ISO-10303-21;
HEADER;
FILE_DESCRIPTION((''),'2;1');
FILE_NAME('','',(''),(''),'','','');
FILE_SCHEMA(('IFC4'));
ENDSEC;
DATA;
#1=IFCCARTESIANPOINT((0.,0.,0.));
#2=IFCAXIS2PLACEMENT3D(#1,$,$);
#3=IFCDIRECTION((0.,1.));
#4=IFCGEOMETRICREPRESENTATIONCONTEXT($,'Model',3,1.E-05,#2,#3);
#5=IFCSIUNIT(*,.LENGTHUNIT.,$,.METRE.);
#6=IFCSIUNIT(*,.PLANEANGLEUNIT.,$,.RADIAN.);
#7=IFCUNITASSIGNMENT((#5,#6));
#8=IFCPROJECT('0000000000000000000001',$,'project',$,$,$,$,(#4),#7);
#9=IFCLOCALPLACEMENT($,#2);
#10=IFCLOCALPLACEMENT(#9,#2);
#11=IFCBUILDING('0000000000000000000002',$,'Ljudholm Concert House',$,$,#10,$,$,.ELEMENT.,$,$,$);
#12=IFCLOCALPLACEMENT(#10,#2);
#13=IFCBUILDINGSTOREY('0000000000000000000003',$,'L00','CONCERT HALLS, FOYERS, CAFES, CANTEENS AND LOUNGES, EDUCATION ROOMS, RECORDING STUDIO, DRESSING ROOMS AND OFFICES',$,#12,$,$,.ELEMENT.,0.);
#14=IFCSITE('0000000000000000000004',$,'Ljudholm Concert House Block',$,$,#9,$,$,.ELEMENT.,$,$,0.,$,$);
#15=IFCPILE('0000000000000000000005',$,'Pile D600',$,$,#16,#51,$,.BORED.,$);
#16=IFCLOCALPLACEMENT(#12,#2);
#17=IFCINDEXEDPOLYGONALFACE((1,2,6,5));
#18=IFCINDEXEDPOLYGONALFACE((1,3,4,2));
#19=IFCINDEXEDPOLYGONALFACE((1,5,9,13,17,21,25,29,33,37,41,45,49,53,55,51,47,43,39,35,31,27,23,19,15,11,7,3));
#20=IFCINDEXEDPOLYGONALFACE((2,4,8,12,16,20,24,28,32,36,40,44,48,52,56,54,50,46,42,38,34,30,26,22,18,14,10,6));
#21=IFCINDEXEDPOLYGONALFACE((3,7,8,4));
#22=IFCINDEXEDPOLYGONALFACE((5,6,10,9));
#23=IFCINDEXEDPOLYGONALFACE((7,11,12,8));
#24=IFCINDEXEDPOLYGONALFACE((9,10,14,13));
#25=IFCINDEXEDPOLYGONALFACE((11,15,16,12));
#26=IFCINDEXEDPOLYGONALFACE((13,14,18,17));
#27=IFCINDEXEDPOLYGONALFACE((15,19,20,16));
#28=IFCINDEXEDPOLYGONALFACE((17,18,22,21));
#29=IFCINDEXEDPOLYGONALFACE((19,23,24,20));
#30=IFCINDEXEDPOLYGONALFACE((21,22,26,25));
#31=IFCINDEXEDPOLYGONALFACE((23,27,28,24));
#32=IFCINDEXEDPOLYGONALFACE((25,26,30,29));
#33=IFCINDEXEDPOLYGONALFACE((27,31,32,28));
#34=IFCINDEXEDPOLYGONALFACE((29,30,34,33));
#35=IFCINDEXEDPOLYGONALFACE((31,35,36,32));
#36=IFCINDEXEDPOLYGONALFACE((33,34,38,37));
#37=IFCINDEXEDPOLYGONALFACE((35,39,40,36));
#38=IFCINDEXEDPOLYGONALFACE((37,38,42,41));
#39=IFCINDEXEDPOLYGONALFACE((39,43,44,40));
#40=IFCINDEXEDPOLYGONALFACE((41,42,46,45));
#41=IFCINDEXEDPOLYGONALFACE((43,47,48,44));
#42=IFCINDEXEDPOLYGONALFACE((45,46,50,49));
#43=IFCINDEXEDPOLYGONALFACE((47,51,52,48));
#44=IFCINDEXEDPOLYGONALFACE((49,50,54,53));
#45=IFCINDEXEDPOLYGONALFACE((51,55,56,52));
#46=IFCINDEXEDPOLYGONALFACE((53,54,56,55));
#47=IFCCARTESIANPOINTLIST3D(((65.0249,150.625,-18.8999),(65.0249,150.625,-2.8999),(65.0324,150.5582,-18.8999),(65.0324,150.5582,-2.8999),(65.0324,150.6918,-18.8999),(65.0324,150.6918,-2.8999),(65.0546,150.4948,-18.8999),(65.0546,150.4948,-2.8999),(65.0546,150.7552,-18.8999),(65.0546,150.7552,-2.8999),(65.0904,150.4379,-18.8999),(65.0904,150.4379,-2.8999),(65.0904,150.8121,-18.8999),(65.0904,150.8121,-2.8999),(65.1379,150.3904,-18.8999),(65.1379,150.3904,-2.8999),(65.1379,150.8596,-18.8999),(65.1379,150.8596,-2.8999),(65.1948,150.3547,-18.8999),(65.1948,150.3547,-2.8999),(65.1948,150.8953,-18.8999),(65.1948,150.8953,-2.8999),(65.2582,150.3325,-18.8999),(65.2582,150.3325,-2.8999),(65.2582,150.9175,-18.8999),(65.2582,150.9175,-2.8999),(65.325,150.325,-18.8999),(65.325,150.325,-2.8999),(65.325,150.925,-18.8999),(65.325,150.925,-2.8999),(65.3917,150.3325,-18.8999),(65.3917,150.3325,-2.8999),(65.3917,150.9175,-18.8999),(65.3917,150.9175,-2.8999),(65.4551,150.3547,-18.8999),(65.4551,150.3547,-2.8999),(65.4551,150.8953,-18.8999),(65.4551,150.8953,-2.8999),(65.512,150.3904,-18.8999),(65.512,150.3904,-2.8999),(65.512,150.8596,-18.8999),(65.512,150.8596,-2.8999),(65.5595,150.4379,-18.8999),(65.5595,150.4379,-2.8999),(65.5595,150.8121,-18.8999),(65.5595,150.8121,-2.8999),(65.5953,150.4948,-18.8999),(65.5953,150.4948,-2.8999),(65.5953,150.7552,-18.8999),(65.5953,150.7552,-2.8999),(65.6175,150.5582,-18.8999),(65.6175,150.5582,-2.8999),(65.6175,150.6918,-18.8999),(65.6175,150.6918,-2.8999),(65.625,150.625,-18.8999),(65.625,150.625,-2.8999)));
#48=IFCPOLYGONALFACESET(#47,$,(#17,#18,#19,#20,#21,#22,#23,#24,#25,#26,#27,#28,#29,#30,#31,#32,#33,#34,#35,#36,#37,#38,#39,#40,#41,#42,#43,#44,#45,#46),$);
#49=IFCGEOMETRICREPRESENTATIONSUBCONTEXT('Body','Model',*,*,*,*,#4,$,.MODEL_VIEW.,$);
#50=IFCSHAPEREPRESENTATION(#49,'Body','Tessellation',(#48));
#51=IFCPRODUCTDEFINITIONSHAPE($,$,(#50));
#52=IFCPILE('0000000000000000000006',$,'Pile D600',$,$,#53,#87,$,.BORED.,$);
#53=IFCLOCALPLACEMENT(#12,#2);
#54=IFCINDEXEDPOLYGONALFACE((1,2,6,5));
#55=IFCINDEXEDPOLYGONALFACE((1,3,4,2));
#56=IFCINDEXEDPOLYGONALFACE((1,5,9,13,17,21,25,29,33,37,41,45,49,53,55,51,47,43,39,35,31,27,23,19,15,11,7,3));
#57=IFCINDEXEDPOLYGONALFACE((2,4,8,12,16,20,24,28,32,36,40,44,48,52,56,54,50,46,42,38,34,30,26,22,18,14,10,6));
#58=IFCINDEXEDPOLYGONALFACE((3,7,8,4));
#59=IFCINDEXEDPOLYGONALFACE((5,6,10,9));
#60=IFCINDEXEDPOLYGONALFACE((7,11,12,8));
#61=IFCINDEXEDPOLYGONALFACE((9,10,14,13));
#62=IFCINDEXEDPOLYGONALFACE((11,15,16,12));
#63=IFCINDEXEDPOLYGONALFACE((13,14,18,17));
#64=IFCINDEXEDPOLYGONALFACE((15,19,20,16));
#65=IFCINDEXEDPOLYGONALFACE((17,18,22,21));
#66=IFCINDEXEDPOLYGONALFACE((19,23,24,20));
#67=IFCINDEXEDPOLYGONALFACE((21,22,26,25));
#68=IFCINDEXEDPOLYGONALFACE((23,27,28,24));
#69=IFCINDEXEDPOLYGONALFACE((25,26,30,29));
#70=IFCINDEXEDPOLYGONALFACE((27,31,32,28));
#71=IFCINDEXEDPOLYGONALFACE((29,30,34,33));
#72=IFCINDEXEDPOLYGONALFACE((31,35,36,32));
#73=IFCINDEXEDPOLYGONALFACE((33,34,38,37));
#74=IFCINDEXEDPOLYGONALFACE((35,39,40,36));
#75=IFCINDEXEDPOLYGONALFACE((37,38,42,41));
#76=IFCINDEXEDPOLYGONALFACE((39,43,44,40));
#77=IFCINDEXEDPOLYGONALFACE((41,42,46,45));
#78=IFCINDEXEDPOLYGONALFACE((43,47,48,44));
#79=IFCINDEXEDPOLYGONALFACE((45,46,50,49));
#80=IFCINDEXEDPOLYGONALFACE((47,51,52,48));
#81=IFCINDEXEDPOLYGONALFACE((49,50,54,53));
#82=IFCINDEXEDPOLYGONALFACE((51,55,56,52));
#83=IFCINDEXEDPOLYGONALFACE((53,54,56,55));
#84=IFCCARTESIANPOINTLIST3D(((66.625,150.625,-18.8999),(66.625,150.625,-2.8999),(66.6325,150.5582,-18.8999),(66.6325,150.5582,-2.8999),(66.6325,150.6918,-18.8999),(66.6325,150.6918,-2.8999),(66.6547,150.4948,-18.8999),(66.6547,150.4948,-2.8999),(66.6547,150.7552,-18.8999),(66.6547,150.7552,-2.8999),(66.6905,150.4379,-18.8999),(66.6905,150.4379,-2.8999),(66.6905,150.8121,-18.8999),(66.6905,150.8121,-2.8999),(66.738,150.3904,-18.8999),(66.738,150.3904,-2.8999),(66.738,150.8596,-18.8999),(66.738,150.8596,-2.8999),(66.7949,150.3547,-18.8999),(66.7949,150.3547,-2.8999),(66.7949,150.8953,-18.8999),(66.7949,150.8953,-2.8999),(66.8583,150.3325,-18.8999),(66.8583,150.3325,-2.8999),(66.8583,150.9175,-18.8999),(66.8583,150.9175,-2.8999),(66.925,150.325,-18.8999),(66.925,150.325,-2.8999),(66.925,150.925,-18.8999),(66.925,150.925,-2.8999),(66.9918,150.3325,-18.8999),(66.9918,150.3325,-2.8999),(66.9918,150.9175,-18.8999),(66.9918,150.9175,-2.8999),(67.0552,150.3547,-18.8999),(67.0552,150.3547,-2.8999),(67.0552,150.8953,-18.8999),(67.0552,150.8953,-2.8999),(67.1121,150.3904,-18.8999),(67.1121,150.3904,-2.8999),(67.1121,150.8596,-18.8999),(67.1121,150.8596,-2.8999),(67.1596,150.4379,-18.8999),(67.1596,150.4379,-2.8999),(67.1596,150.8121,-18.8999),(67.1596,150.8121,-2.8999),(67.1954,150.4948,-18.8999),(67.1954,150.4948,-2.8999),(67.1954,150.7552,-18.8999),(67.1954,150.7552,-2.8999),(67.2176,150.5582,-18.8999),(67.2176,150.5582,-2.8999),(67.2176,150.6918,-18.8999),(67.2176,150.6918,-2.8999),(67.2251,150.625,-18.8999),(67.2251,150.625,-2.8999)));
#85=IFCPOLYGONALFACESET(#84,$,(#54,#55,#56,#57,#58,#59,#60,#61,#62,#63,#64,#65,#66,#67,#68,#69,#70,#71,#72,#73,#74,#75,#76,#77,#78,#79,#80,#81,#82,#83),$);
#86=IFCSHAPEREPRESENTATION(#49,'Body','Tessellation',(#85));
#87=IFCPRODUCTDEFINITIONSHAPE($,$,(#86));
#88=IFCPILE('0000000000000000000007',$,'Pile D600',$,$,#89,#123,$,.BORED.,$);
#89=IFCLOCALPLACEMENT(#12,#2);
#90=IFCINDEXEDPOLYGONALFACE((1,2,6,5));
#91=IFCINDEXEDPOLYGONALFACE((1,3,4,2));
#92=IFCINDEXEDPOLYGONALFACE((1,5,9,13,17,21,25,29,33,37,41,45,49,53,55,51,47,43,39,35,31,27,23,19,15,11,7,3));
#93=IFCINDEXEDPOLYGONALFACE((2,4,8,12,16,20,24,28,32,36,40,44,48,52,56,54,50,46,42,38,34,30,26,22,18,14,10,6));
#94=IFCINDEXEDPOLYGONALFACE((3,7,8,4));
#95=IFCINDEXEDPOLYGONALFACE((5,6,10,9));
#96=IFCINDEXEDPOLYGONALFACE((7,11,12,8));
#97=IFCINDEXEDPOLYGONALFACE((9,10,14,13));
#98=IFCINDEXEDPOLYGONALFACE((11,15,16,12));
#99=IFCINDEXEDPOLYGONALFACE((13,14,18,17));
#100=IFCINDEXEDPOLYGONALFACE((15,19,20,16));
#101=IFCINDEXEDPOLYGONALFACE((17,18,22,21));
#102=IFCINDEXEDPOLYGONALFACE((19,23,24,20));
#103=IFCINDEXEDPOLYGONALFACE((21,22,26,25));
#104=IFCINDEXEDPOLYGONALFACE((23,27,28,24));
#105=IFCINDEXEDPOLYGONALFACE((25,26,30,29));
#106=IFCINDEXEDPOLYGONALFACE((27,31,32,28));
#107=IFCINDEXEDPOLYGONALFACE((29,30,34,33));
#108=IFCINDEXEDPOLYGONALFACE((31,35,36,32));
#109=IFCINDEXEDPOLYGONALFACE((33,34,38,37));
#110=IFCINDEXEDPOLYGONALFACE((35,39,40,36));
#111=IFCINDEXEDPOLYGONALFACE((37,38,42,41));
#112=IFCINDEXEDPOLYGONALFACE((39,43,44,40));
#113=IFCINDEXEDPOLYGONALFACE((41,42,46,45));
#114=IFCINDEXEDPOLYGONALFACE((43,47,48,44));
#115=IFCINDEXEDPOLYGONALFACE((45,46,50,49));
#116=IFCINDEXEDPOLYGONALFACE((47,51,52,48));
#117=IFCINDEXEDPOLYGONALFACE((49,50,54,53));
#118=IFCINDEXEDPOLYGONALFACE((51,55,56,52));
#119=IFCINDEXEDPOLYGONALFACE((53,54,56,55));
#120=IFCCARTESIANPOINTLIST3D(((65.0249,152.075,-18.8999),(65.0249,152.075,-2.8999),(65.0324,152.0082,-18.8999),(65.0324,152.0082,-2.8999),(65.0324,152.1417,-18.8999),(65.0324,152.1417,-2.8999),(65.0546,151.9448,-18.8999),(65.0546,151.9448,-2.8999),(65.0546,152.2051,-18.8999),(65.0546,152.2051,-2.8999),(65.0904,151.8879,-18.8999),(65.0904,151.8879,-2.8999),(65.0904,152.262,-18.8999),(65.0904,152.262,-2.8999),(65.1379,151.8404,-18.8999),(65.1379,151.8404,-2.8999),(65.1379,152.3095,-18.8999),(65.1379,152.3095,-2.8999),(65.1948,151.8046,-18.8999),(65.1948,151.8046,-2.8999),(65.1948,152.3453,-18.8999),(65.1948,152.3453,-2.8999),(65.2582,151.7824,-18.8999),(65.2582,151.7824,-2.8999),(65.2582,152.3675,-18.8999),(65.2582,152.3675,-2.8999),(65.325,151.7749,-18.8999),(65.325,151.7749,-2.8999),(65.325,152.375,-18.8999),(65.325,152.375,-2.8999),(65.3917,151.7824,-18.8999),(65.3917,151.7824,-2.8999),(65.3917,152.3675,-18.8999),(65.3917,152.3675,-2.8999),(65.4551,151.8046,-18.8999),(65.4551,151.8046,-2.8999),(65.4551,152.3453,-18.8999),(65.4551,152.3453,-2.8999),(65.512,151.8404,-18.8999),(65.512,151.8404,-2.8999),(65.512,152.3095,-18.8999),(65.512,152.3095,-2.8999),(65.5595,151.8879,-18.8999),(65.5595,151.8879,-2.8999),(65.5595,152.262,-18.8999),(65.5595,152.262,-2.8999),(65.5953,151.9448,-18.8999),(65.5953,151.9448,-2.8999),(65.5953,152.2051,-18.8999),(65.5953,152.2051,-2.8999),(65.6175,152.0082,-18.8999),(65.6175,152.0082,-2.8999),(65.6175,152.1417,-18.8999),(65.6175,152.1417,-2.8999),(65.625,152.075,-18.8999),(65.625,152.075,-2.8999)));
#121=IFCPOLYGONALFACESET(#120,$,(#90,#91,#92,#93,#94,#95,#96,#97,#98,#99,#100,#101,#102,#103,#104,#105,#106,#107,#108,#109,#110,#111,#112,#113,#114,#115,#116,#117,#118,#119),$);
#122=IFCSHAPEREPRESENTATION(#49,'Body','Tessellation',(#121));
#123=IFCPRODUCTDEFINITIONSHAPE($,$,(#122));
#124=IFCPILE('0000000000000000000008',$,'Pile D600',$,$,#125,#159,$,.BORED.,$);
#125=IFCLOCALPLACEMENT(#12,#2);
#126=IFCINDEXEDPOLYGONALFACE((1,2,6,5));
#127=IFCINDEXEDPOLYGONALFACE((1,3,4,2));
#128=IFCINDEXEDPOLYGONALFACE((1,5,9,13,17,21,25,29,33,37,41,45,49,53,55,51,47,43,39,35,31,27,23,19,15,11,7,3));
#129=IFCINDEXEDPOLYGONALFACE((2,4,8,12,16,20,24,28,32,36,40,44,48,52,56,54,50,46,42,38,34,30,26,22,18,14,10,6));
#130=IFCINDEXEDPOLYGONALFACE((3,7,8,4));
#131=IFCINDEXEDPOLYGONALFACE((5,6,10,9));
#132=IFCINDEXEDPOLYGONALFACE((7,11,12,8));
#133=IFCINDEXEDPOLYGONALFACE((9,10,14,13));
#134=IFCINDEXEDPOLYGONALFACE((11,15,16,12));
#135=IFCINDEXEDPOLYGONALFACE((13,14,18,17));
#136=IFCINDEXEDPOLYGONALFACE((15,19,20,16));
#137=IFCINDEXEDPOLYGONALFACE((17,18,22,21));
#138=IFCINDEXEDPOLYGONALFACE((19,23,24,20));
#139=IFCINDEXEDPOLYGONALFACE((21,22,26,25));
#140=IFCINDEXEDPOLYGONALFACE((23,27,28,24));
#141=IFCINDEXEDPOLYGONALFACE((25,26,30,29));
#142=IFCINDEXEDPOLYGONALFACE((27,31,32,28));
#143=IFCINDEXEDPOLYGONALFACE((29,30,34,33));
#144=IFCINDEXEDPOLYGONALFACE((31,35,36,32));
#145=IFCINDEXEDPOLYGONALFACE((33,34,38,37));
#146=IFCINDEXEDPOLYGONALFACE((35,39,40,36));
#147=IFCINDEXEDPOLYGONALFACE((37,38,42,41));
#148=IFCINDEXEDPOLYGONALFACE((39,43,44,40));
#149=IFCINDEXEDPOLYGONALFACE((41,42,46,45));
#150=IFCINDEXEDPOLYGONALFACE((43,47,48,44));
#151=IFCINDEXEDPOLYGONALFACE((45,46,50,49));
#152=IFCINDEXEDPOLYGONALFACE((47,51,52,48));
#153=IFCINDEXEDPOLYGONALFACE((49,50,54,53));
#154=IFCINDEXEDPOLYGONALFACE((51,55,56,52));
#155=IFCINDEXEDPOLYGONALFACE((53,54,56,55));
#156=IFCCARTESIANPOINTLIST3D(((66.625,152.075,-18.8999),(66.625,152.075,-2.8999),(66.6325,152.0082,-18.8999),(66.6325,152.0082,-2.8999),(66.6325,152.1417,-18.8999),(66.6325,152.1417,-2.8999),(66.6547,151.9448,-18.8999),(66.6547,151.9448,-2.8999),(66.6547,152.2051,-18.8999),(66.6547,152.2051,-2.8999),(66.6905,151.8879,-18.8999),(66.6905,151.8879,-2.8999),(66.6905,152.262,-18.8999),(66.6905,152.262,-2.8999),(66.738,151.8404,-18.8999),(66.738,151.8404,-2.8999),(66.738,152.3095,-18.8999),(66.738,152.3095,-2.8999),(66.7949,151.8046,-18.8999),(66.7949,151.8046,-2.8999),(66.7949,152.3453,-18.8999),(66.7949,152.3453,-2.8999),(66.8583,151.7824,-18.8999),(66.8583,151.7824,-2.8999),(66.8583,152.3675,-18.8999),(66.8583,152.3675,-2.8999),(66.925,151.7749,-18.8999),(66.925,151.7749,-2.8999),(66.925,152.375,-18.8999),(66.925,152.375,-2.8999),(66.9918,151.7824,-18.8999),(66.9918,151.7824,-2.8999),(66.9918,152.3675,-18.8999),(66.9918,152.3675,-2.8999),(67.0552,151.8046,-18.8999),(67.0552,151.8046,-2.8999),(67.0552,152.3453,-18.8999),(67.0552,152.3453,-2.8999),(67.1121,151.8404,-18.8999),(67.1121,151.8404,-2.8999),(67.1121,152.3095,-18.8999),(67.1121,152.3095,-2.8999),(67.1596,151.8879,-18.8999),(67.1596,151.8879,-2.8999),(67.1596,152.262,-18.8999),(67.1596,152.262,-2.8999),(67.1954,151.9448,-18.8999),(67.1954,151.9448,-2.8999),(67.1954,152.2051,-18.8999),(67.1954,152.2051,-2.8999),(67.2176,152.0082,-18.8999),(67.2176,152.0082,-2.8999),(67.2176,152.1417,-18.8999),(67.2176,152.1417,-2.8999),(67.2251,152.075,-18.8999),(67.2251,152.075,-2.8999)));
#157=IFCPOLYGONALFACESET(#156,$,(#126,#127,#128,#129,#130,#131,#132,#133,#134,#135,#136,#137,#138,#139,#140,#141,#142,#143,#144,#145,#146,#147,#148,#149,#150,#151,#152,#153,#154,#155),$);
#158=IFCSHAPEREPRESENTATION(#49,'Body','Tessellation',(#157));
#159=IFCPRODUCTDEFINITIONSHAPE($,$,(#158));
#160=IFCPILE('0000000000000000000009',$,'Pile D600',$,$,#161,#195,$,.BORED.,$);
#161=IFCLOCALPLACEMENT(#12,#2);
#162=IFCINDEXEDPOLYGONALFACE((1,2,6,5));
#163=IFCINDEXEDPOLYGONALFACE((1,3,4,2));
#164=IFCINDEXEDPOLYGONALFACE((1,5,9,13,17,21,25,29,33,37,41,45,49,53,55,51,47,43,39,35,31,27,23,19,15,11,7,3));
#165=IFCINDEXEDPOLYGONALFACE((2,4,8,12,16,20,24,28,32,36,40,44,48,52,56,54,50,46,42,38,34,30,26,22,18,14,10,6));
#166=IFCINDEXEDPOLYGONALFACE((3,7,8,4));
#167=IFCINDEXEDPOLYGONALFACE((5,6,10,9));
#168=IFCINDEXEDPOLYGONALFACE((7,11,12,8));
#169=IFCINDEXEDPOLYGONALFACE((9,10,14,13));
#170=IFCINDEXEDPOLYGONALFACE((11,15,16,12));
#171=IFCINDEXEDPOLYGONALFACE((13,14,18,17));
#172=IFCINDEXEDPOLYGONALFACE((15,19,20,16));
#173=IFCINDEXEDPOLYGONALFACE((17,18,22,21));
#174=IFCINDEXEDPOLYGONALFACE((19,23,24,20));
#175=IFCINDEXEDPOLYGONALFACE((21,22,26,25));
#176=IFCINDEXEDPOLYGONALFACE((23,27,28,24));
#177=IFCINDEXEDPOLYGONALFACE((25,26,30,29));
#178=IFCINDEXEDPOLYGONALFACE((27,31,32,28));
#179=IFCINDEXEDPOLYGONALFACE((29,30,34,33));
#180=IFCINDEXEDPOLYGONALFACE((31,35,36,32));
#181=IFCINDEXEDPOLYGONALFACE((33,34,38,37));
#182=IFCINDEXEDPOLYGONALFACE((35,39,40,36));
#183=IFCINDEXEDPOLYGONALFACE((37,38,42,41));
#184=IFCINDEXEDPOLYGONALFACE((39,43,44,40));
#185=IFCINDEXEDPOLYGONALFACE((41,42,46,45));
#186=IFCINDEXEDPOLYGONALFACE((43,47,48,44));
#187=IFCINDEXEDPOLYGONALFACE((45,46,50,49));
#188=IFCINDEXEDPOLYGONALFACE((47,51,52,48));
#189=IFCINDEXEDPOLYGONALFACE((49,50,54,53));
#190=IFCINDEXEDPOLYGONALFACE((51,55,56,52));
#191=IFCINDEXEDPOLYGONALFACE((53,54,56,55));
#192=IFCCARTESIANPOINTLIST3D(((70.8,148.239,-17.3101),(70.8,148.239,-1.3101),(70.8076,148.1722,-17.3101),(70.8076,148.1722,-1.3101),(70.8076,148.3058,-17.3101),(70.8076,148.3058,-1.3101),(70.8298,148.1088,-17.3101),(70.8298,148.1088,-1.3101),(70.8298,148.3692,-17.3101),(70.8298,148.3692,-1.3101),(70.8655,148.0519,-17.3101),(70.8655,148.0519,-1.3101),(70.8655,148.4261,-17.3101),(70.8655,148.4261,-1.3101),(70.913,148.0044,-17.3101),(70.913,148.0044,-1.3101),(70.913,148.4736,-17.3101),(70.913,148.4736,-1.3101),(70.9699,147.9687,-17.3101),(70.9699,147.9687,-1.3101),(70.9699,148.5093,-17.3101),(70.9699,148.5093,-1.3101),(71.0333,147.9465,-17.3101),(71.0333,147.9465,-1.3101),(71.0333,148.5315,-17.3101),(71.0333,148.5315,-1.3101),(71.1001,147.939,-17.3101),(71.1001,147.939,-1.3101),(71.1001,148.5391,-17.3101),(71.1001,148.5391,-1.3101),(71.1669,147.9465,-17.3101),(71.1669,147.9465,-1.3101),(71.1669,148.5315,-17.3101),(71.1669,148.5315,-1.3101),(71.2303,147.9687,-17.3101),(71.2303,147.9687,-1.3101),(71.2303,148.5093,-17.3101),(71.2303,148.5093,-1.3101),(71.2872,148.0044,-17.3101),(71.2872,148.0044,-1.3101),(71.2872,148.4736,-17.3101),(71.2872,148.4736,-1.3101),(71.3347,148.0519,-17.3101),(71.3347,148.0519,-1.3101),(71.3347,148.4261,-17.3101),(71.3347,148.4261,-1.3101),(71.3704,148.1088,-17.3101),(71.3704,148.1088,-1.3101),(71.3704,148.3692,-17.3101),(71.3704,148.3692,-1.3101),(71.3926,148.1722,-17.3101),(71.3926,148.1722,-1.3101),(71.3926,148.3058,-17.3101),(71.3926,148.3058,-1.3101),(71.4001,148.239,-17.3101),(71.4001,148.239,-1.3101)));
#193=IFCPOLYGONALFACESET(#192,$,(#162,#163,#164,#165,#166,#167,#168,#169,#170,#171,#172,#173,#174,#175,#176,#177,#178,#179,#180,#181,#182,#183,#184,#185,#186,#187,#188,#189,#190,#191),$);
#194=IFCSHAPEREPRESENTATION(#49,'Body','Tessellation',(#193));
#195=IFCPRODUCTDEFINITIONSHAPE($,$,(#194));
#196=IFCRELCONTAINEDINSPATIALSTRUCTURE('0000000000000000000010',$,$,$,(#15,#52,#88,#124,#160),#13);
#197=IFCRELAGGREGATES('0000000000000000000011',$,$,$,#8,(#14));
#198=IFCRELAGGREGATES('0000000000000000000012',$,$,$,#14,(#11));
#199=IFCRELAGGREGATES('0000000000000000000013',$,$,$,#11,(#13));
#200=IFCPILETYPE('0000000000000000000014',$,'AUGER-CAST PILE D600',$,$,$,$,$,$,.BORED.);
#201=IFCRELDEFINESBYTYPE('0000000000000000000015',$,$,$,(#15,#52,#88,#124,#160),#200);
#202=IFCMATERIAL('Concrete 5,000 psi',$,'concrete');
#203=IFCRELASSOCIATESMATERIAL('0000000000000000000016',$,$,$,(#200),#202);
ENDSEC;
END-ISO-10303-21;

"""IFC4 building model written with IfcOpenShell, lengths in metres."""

from ifc_helpers import new_model, si_unit, direction, frame, origin, origin_2d, place, context, subcontext, project, spatial, circle, extrude, material, material_profile, profile_set, type_object, element, save


model = new_model("IFC4")

# Units and contexts
model_context = context("Model", 3, precision=1e-05, world=origin(), true_north=direction((0.0, 1.0)))
body_context = subcontext(model_context, "Body", "Model", "MODEL_VIEW")
ifc_project = project(units=[si_unit("LENGTHUNIT", "METRE"), si_unit("PLANEANGLEUNIT", "RADIAN")], contexts=[model_context])

# Site, building, storey
site_placement = place(None, origin())
site = spatial("IfcSite", under=ifc_project, at=site_placement, Name="Ljudholm Concert House Block", CompositionType="ELEMENT", RefElevation=0.0)
building_placement = place(site_placement, origin())
building = spatial("IfcBuilding", under=site, at=building_placement, Name="Ljudholm Concert House", CompositionType="ELEMENT")
storey_placement = place(building_placement, origin())
storey = spatial("IfcBuildingStorey", under=building, at=storey_placement, Name="L00", Description="CONCERT HALLS, FOYERS, CAFES, CANTEENS AND LOUNGES, EDUCATION ROOMS, RECORDING STUDIO, DRESSING ROOMS AND OFFICES", CompositionType="ELEMENT", Elevation=0.0)

# Piles
ifc_material_1 = material(Name="Concrete 5,000 psi", Category="concrete")
ifc_material_profile = material_profile(ifc_material_1, circle(Radius=0.3, at=origin_2d()), Name="AUGER-CAST PILE D600")
ifc_profile_set = profile_set([ifc_material_profile], Name="Concrete 5,000 psi")
pile_type = type_object("IfcPileType", Name="AUGER-CAST PILE D600", PredefinedType="BORED", material=ifc_profile_set)
for number, where, z_axis, x_axis, name in (
    (1, (65.325, 150.625, -2.8999), (0.0, 0.0, -1.0), (1.0, 0.0, 0.0), "Pile D600"),
    (2, (66.925, 150.625, -2.8999), (0.0, 0.0, -1.0), (1.0, 0.0, 0.0), "Pile D600"),
    (3, (65.325, 152.075, -2.8999), (0.0, 0.0, -1.0), (1.0, 0.0, 0.0), "Pile D600"),
    (4, (66.925, 152.075, -2.8999), (0.0, 0.0, -1.0), (1.0, 0.0, 0.0), "Pile D600"),
    (5, (71.1001, 148.239, -1.3101), (0.0, 0.0, -1.0), (1.0, 0.0, 0.0), "Pile D600"),
):
    element("IfcPile", number, at=place(storey_placement, frame(where, z_axis=z_axis, x_axis=x_axis)), inside=storey, type_object=pile_type, Name=name, PredefinedType="BORED", context=body_context, shape_type="SweptSolid", body=[
        extrude(circle(Radius=0.3, at=origin_2d()), origin(), (0.0, 0.0, 1.0), 16.0),
    ])

save(model, "model.ifc")
